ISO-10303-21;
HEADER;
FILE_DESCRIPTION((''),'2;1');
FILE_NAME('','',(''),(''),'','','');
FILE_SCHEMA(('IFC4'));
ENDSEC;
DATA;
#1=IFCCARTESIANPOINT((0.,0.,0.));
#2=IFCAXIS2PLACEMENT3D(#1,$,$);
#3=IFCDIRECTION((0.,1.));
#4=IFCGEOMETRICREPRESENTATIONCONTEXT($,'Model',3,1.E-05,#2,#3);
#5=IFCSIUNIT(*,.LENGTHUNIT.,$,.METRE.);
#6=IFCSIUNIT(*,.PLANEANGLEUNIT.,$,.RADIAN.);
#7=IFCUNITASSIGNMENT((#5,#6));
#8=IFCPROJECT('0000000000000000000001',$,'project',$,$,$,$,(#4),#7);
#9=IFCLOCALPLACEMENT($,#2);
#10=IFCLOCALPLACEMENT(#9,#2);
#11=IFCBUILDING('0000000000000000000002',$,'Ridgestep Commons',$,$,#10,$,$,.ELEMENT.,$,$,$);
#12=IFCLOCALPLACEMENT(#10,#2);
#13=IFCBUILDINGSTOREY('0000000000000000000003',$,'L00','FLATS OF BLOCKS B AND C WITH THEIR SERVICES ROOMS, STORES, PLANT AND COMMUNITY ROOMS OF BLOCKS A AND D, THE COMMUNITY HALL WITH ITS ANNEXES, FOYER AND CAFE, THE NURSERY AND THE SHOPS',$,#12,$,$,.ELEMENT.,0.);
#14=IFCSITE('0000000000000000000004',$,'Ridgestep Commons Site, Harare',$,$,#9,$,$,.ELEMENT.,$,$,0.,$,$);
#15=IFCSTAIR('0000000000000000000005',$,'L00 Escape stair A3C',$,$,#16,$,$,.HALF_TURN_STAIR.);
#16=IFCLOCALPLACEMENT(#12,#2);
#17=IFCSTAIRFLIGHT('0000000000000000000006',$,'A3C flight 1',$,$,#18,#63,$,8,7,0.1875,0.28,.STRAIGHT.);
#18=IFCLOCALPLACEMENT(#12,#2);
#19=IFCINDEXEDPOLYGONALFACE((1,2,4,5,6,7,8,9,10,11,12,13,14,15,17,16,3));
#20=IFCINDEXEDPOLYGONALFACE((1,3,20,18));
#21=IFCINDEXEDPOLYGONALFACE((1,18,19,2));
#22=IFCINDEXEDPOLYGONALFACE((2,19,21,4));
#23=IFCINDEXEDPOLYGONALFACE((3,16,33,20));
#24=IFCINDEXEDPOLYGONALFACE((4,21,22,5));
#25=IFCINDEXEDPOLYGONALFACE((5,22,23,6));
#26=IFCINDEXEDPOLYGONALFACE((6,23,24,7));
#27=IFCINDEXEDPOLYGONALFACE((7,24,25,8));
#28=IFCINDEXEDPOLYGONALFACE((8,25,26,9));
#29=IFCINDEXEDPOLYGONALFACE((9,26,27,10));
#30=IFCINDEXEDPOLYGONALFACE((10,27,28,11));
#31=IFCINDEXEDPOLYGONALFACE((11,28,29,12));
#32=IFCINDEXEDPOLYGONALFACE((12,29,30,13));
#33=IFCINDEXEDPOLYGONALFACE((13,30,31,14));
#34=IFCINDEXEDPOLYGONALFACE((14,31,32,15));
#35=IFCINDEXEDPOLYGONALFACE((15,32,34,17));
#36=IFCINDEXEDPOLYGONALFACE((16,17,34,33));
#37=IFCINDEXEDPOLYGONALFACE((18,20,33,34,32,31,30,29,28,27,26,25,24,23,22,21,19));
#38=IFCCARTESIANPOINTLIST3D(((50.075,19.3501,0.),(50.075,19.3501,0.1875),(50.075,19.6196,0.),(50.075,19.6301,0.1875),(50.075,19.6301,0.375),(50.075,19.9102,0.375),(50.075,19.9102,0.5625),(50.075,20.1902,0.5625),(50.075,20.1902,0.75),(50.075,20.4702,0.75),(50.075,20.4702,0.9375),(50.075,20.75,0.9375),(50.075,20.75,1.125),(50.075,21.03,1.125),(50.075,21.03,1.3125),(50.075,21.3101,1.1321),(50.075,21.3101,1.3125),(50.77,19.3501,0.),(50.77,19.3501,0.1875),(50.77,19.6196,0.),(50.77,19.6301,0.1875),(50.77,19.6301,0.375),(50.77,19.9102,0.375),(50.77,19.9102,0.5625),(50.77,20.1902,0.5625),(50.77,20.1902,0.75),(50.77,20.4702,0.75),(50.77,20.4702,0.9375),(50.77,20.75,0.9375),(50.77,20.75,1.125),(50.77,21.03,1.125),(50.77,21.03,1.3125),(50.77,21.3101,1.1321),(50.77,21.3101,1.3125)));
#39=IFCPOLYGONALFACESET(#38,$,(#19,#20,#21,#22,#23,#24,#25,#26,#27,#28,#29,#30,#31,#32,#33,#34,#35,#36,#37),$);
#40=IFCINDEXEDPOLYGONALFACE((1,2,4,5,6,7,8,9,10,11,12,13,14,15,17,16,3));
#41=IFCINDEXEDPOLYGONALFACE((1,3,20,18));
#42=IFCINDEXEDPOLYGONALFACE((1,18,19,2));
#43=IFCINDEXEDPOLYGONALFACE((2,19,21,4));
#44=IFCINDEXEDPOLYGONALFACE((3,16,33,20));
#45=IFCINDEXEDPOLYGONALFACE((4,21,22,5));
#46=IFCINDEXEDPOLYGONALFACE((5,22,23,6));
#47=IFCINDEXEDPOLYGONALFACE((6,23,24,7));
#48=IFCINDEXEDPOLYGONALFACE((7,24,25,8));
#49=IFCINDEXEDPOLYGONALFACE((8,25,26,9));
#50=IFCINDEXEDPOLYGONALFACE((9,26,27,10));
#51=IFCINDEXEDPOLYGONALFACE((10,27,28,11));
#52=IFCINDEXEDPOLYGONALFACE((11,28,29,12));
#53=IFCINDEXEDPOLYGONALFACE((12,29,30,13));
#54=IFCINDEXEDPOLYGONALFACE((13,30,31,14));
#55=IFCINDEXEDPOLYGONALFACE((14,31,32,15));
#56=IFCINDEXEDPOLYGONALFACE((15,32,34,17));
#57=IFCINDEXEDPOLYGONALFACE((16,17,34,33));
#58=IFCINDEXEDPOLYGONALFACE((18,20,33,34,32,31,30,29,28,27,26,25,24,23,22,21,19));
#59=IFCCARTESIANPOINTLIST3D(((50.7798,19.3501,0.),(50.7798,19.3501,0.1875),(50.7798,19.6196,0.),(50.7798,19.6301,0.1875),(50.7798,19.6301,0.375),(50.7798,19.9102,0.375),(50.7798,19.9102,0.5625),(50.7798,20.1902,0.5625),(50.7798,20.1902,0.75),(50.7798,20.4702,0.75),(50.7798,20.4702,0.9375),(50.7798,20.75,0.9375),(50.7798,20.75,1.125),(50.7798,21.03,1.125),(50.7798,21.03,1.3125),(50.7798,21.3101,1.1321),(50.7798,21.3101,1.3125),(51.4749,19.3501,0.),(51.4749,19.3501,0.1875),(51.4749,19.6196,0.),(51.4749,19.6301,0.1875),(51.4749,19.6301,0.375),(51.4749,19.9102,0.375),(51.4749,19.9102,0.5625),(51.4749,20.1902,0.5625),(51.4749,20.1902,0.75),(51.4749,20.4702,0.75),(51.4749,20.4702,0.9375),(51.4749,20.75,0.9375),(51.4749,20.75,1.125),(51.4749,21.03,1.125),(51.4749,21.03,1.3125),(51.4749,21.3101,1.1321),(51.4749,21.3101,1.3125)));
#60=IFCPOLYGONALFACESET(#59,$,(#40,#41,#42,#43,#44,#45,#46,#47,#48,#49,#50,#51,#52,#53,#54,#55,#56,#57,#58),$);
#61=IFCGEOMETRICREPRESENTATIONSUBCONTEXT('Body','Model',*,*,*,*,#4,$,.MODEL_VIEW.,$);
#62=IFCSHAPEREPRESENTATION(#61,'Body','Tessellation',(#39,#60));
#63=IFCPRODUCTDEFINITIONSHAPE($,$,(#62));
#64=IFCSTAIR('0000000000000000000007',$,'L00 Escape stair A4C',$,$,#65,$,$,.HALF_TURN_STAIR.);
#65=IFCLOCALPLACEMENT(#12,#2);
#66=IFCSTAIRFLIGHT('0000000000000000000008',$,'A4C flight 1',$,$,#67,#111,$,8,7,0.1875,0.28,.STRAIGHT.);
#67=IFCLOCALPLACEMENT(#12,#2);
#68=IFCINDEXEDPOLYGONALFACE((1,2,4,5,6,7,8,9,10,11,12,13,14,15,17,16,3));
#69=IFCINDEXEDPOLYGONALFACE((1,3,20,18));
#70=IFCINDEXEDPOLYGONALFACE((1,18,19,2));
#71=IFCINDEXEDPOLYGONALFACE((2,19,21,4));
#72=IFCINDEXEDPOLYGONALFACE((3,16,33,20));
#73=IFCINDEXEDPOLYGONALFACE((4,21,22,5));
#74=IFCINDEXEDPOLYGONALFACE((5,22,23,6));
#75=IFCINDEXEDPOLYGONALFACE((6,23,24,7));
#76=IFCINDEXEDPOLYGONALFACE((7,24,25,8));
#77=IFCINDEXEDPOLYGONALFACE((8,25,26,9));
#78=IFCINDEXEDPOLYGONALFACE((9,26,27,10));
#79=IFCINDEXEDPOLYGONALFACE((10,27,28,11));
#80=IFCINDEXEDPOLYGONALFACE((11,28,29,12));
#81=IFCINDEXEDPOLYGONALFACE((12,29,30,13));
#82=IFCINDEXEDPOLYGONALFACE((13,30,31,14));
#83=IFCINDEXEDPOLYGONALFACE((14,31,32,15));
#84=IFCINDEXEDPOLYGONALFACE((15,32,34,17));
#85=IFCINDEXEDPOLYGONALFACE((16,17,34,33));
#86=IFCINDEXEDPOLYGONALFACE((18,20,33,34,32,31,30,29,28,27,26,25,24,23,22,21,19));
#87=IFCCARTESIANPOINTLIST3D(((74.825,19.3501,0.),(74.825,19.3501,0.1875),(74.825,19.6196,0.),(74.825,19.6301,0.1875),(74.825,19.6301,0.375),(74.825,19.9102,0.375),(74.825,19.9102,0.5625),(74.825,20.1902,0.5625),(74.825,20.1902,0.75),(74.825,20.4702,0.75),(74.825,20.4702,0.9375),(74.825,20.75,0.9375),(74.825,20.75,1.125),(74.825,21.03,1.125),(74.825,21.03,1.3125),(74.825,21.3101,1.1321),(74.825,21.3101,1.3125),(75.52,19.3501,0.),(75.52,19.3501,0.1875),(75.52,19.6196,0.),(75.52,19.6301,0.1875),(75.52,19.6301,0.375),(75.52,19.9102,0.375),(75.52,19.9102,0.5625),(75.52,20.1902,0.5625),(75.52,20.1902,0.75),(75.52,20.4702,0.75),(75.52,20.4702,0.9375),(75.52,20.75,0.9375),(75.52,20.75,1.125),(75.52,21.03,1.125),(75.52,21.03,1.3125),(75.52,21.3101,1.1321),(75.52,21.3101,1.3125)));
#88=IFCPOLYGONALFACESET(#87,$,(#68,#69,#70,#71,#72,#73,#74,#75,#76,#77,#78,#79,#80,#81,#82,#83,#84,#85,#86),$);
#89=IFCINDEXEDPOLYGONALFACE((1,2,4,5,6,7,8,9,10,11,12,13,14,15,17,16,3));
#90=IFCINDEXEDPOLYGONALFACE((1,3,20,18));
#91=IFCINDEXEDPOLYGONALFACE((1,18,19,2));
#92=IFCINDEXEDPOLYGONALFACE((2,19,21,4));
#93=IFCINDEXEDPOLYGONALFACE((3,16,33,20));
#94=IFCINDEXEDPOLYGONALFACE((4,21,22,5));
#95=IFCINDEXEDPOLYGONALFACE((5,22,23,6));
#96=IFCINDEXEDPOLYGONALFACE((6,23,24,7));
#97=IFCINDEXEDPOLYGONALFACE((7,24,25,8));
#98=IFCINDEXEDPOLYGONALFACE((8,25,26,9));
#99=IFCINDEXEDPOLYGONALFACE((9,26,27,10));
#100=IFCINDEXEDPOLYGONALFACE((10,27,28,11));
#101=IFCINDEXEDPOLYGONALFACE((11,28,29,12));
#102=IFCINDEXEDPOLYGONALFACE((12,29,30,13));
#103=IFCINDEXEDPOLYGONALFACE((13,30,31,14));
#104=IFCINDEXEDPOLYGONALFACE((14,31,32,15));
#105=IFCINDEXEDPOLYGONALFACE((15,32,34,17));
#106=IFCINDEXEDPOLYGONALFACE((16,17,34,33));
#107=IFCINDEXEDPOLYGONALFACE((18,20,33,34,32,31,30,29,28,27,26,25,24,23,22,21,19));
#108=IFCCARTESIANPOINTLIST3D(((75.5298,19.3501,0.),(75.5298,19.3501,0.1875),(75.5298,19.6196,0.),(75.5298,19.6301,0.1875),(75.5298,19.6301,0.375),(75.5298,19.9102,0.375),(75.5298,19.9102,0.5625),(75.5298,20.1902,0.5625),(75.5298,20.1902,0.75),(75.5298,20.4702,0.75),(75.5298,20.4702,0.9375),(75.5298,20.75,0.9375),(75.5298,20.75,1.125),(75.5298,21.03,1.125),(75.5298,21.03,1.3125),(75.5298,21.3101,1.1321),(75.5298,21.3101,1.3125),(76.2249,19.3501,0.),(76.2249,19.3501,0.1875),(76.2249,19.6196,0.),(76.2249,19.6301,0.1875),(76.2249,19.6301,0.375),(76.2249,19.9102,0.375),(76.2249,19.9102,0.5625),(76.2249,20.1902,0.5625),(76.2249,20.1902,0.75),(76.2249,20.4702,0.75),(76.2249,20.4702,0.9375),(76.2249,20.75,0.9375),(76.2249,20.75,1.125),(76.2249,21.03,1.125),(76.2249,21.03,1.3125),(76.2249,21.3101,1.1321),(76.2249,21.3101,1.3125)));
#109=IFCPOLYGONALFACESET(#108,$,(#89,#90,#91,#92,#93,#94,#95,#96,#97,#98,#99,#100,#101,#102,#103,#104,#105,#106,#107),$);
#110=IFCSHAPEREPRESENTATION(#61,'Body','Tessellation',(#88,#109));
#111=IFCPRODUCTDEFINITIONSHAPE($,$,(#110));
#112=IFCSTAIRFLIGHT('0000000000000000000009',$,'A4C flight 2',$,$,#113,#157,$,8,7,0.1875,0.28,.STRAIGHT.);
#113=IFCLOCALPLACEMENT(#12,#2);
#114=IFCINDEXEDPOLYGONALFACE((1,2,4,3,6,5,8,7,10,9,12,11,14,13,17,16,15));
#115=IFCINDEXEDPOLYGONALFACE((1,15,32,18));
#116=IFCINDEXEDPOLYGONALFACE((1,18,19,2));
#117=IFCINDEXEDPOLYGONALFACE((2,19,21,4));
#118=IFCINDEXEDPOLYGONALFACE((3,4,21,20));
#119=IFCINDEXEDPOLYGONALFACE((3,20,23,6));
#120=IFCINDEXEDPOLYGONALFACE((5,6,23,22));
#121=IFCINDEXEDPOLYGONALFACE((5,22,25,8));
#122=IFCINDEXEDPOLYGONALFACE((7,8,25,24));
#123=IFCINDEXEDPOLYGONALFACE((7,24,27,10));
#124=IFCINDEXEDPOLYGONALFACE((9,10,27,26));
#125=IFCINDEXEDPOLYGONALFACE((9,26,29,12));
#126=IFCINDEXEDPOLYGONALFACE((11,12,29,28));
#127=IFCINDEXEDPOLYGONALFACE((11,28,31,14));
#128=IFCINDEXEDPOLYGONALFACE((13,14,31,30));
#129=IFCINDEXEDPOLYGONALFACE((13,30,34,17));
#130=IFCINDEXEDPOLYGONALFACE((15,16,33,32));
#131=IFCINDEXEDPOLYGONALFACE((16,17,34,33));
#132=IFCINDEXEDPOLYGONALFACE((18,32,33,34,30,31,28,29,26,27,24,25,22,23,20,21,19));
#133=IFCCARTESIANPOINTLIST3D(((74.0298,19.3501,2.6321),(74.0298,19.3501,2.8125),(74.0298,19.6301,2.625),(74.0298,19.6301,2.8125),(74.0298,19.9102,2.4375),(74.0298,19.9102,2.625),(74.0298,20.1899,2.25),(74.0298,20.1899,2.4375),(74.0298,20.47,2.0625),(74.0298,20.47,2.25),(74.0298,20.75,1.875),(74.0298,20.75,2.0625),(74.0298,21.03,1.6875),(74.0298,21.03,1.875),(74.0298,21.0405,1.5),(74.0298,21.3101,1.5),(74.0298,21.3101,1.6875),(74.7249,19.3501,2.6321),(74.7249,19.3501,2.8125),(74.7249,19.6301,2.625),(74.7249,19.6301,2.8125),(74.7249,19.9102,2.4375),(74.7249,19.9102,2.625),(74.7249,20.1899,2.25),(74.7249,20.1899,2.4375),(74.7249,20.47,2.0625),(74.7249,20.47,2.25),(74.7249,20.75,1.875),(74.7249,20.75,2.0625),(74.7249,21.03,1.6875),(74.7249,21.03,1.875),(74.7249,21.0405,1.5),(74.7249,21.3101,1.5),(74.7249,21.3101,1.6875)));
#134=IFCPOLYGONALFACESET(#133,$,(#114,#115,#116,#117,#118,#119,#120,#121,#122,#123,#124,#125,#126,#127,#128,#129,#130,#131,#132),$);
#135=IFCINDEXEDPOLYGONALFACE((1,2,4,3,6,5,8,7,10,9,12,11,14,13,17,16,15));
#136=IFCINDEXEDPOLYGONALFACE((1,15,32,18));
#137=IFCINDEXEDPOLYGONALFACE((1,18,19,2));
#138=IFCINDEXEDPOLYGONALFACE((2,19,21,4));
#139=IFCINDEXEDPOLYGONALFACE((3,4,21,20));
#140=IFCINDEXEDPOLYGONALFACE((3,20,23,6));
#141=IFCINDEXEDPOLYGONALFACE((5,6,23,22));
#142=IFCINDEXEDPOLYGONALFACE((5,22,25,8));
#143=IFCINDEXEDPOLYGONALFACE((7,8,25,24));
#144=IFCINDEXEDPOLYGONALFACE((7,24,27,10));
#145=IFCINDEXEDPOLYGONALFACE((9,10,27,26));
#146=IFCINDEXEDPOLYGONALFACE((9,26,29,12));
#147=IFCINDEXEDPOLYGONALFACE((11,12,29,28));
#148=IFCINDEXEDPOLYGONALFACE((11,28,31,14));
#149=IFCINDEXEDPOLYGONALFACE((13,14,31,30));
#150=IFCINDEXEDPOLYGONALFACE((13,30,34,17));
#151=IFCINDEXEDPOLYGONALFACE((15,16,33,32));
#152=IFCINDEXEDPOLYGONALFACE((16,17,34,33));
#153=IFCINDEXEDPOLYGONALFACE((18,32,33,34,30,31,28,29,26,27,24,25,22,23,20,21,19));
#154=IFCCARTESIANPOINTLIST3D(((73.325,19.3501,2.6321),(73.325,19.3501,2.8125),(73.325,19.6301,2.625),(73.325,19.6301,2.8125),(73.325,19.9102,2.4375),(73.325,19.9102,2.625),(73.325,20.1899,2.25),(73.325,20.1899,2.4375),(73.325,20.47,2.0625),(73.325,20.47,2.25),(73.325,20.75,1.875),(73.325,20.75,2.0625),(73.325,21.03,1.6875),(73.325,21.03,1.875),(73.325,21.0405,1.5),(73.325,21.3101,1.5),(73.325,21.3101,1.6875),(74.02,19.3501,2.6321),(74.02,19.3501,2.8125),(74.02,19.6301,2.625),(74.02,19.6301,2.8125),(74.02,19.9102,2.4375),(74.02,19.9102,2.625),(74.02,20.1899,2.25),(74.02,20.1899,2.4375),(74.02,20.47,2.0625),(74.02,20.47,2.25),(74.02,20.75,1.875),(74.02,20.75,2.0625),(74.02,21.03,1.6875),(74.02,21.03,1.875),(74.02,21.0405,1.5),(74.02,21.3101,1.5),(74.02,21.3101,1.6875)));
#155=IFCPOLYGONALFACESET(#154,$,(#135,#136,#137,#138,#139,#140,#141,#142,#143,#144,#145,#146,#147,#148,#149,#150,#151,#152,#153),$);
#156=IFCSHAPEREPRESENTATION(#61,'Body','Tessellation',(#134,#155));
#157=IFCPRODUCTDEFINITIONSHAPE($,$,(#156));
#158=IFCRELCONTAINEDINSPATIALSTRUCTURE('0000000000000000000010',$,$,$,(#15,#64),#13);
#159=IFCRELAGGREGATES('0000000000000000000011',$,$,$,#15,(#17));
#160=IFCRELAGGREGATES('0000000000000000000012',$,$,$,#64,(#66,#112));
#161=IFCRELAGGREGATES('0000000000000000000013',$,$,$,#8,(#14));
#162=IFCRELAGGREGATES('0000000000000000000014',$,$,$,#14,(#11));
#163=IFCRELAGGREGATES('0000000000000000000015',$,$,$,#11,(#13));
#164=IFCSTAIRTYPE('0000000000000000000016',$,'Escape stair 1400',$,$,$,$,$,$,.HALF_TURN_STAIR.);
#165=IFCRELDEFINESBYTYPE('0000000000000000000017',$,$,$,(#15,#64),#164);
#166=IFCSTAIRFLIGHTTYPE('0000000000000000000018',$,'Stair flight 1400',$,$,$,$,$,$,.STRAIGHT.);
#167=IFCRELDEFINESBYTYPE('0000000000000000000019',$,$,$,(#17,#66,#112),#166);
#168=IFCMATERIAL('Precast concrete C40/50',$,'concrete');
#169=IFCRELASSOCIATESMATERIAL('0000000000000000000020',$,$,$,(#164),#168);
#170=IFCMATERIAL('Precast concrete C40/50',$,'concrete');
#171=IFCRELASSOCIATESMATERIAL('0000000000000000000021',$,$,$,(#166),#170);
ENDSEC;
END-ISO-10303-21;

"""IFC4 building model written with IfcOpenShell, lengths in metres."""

from ifc_helpers import new_model, si_unit, direction, frame, origin, place, context, subcontext, project, spatial, polyline, outline, extrude, material, type_object, element, aggregate, save


model = new_model("IFC4")

# Units and contexts
model_context = context("Model", 3, precision=1e-05, world=origin(), true_north=direction((0.0, 1.0)))
body_context = subcontext(model_context, "Body", "Model", "MODEL_VIEW")
ifc_project = project(units=[si_unit("LENGTHUNIT", "METRE"), si_unit("PLANEANGLEUNIT", "RADIAN")], contexts=[model_context])

# Site, building, storey
site_placement = place(None, origin())
site = spatial("IfcSite", under=ifc_project, at=site_placement, Name="Ridgestep Commons Site, Harare", CompositionType="ELEMENT", RefElevation=0.0)
building_placement = place(site_placement, origin())
building = spatial("IfcBuilding", under=site, at=building_placement, Name="Ridgestep Commons", CompositionType="ELEMENT")
storey_placement = place(building_placement, origin())
storey = spatial("IfcBuildingStorey", under=building, at=storey_placement, Name="L00", Description="FLATS OF BLOCKS B AND C WITH THEIR SERVICES ROOMS, STORES, PLANT AND COMMUNITY ROOMS OF BLOCKS A AND D, THE COMMUNITY HALL WITH ITS ANNEXES, FOYER AND CAFE, THE NURSERY AND THE SHOPS", CompositionType="ELEMENT", Elevation=0.0)

# Stair, stair flight
ifc_material_1 = material(Name="Precast concrete C40/50", Category="concrete")
stair_type = type_object("IfcStairType", Name="Escape stair 1400", PredefinedType="HALF_TURN_STAIR", material=ifc_material_1)
stair_1_placement = place(storey_placement, origin())
stair_1 = element("IfcStair", 1, at=stair_1_placement, inside=storey, type_object=stair_type, Name="L00 Escape stair A3C", PredefinedType="HALF_TURN_STAIR")
ifc_material_2 = material(Name="Precast concrete C40/50", Category="concrete")
stair_flight_type = type_object("IfcStairFlightType", Name="Stair flight 1400", PredefinedType="STRAIGHT", material=ifc_material_2)
stair_flight_1_placement = place(storey_placement, frame((50.7749, 19.3501, 0.0), z_axis=(0.0, 0.0, 1.0), x_axis=(0.0, 1.0, 0.0)))
stair_flight_1 = element("IfcStairFlight", 2, at=stair_flight_1_placement, type_object=stair_flight_type, Name="A3C flight 1", NumberOfRisers=8, NumberOfTreads=7, PredefinedType="STRAIGHT", RiserHeight=0.1875, TreadLength=0.28, context=body_context, shape_type="SweptSolid", body=[
    extrude(outline(polyline([(0.0, 0.0), (0.0, 0.1875), (0.28, 0.1875), (0.28, 0.375), (0.5601, 0.375), (0.5601, 0.5625), (0.8401, 0.5625), (0.8401, 0.75), (1.1201, 0.75), (1.1201, 0.9375), (1.3999, 0.9375), (1.3999, 1.125), (1.6799, 1.125), (1.6799, 1.3125), (1.96, 1.3125), (1.96, 1.5), (1.96, 1.1321), (0.2695, 0.0), (0.0, 0.0)])), frame((0.0, 0.7, 0.0), z_axis=(0.0, -1.0, 0.0), x_axis=(1.0, 0.0, 0.0)), (0.0, 0.0, 1.0), 0.6951),
    extrude(outline(polyline([(0.0, 0.0), (0.0, 0.1875), (0.28, 0.1875), (0.28, 0.375), (0.5601, 0.375), (0.5601, 0.5625), (0.8401, 0.5625), (0.8401, 0.75), (1.1201, 0.75), (1.1201, 0.9375), (1.3999, 0.9375), (1.3999, 1.125), (1.6799, 1.125), (1.6799, 1.3125), (1.96, 1.3125), (1.96, 1.5), (1.96, 1.1321), (0.2695, 0.0), (0.0, 0.0)])), frame((0.0, -0.0049, 0.0), z_axis=(0.0, -1.0, 0.0), x_axis=(1.0, 0.0, 0.0)), (0.0, 0.0, 1.0), 0.6951),
])
aggregate(stair_1, [stair_flight_1])

# Stair, stair flights
stair_2_placement = place(storey_placement, origin())
stair_2 = element("IfcStair", 3, at=stair_2_placement, inside=storey, type_object=stair_type, Name="L00 Escape stair A4C", PredefinedType="HALF_TURN_STAIR")
stair_flight_2_placement = place(storey_placement, frame((75.5249, 19.3501, 0.0), z_axis=(0.0, 0.0, 1.0), x_axis=(0.0, 1.0, 0.0)))
stair_flight_2 = element("IfcStairFlight", 4, at=stair_flight_2_placement, type_object=stair_flight_type, Name="A4C flight 1", NumberOfRisers=8, NumberOfTreads=7, PredefinedType="STRAIGHT", RiserHeight=0.1875, TreadLength=0.28, context=body_context, shape_type="SweptSolid", body=[
    extrude(outline(polyline([(0.0, 0.0), (0.0, 0.1875), (0.28, 0.1875), (0.28, 0.375), (0.5601, 0.375), (0.5601, 0.5625), (0.8401, 0.5625), (0.8401, 0.75), (1.1201, 0.75), (1.1201, 0.9375), (1.3999, 0.9375), (1.3999, 1.125), (1.6799, 1.125), (1.6799, 1.3125), (1.96, 1.3125), (1.96, 1.5), (1.96, 1.1321), (0.2695, 0.0), (0.0, 0.0)])), frame((0.0, 0.7, 0.0), z_axis=(0.0, -1.0, 0.0), x_axis=(1.0, 0.0, 0.0)), (0.0, 0.0, 1.0), 0.6951),
    extrude(outline(polyline([(0.0, 0.0), (0.0, 0.1875), (0.28, 0.1875), (0.28, 0.375), (0.5601, 0.375), (0.5601, 0.5625), (0.8401, 0.5625), (0.8401, 0.75), (1.1201, 0.75), (1.1201, 0.9375), (1.3999, 0.9375), (1.3999, 1.125), (1.6799, 1.125), (1.6799, 1.3125), (1.96, 1.3125), (1.96, 1.5), (1.96, 1.1321), (0.2695, 0.0), (0.0, 0.0)])), frame((0.0, -0.0049, 0.0), z_axis=(0.0, -1.0, 0.0), x_axis=(1.0, 0.0, 0.0)), (0.0, 0.0, 1.0), 0.6951),
])
stair_flight_3_placement = place(storey_placement, frame((74.0249, 21.3101, 1.5), z_axis=(0.0, 0.0, 1.0), x_axis=(0.0, -1.0, 0.0)))
stair_flight_3 = element("IfcStairFlight", 5, at=stair_flight_3_placement, type_object=stair_flight_type, Name="A4C flight 2", NumberOfRisers=8, NumberOfTreads=7, PredefinedType="STRAIGHT", RiserHeight=0.1875, TreadLength=0.28, context=body_context, shape_type="SweptSolid", body=[
    extrude(outline(polyline([(0.0, 0.0), (0.0, 0.1875), (0.28, 0.1875), (0.28, 0.375), (0.5601, 0.375), (0.5601, 0.5625), (0.8401, 0.5625), (0.8401, 0.75), (1.1201, 0.75), (1.1201, 0.9375), (1.3999, 0.9375), (1.3999, 1.125), (1.6799, 1.125), (1.6799, 1.3125), (1.96, 1.3125), (1.96, 1.5), (1.96, 1.1321), (0.2695, 0.0), (0.0, 0.0)])), frame((0.0, 0.7, 0.0), z_axis=(0.0, -1.0, 0.0), x_axis=(1.0, 0.0, 0.0)), (0.0, 0.0, 1.0), 0.6951),
    extrude(outline(polyline([(0.0, 0.0), (0.0, 0.1875), (0.28, 0.1875), (0.28, 0.375), (0.5601, 0.375), (0.5601, 0.5625), (0.8401, 0.5625), (0.8401, 0.75), (1.1201, 0.75), (1.1201, 0.9375), (1.3999, 0.9375), (1.3999, 1.125), (1.6799, 1.125), (1.6799, 1.3125), (1.96, 1.3125), (1.96, 1.5), (1.96, 1.1321), (0.2695, 0.0), (0.0, 0.0)])), frame((0.0, -0.0049, 0.0), z_axis=(0.0, -1.0, 0.0), x_axis=(1.0, 0.0, 0.0)), (0.0, 0.0, 1.0), 0.6951),
])
aggregate(stair_2, [stair_flight_2, stair_flight_3])

save(model, "model.ifc")
